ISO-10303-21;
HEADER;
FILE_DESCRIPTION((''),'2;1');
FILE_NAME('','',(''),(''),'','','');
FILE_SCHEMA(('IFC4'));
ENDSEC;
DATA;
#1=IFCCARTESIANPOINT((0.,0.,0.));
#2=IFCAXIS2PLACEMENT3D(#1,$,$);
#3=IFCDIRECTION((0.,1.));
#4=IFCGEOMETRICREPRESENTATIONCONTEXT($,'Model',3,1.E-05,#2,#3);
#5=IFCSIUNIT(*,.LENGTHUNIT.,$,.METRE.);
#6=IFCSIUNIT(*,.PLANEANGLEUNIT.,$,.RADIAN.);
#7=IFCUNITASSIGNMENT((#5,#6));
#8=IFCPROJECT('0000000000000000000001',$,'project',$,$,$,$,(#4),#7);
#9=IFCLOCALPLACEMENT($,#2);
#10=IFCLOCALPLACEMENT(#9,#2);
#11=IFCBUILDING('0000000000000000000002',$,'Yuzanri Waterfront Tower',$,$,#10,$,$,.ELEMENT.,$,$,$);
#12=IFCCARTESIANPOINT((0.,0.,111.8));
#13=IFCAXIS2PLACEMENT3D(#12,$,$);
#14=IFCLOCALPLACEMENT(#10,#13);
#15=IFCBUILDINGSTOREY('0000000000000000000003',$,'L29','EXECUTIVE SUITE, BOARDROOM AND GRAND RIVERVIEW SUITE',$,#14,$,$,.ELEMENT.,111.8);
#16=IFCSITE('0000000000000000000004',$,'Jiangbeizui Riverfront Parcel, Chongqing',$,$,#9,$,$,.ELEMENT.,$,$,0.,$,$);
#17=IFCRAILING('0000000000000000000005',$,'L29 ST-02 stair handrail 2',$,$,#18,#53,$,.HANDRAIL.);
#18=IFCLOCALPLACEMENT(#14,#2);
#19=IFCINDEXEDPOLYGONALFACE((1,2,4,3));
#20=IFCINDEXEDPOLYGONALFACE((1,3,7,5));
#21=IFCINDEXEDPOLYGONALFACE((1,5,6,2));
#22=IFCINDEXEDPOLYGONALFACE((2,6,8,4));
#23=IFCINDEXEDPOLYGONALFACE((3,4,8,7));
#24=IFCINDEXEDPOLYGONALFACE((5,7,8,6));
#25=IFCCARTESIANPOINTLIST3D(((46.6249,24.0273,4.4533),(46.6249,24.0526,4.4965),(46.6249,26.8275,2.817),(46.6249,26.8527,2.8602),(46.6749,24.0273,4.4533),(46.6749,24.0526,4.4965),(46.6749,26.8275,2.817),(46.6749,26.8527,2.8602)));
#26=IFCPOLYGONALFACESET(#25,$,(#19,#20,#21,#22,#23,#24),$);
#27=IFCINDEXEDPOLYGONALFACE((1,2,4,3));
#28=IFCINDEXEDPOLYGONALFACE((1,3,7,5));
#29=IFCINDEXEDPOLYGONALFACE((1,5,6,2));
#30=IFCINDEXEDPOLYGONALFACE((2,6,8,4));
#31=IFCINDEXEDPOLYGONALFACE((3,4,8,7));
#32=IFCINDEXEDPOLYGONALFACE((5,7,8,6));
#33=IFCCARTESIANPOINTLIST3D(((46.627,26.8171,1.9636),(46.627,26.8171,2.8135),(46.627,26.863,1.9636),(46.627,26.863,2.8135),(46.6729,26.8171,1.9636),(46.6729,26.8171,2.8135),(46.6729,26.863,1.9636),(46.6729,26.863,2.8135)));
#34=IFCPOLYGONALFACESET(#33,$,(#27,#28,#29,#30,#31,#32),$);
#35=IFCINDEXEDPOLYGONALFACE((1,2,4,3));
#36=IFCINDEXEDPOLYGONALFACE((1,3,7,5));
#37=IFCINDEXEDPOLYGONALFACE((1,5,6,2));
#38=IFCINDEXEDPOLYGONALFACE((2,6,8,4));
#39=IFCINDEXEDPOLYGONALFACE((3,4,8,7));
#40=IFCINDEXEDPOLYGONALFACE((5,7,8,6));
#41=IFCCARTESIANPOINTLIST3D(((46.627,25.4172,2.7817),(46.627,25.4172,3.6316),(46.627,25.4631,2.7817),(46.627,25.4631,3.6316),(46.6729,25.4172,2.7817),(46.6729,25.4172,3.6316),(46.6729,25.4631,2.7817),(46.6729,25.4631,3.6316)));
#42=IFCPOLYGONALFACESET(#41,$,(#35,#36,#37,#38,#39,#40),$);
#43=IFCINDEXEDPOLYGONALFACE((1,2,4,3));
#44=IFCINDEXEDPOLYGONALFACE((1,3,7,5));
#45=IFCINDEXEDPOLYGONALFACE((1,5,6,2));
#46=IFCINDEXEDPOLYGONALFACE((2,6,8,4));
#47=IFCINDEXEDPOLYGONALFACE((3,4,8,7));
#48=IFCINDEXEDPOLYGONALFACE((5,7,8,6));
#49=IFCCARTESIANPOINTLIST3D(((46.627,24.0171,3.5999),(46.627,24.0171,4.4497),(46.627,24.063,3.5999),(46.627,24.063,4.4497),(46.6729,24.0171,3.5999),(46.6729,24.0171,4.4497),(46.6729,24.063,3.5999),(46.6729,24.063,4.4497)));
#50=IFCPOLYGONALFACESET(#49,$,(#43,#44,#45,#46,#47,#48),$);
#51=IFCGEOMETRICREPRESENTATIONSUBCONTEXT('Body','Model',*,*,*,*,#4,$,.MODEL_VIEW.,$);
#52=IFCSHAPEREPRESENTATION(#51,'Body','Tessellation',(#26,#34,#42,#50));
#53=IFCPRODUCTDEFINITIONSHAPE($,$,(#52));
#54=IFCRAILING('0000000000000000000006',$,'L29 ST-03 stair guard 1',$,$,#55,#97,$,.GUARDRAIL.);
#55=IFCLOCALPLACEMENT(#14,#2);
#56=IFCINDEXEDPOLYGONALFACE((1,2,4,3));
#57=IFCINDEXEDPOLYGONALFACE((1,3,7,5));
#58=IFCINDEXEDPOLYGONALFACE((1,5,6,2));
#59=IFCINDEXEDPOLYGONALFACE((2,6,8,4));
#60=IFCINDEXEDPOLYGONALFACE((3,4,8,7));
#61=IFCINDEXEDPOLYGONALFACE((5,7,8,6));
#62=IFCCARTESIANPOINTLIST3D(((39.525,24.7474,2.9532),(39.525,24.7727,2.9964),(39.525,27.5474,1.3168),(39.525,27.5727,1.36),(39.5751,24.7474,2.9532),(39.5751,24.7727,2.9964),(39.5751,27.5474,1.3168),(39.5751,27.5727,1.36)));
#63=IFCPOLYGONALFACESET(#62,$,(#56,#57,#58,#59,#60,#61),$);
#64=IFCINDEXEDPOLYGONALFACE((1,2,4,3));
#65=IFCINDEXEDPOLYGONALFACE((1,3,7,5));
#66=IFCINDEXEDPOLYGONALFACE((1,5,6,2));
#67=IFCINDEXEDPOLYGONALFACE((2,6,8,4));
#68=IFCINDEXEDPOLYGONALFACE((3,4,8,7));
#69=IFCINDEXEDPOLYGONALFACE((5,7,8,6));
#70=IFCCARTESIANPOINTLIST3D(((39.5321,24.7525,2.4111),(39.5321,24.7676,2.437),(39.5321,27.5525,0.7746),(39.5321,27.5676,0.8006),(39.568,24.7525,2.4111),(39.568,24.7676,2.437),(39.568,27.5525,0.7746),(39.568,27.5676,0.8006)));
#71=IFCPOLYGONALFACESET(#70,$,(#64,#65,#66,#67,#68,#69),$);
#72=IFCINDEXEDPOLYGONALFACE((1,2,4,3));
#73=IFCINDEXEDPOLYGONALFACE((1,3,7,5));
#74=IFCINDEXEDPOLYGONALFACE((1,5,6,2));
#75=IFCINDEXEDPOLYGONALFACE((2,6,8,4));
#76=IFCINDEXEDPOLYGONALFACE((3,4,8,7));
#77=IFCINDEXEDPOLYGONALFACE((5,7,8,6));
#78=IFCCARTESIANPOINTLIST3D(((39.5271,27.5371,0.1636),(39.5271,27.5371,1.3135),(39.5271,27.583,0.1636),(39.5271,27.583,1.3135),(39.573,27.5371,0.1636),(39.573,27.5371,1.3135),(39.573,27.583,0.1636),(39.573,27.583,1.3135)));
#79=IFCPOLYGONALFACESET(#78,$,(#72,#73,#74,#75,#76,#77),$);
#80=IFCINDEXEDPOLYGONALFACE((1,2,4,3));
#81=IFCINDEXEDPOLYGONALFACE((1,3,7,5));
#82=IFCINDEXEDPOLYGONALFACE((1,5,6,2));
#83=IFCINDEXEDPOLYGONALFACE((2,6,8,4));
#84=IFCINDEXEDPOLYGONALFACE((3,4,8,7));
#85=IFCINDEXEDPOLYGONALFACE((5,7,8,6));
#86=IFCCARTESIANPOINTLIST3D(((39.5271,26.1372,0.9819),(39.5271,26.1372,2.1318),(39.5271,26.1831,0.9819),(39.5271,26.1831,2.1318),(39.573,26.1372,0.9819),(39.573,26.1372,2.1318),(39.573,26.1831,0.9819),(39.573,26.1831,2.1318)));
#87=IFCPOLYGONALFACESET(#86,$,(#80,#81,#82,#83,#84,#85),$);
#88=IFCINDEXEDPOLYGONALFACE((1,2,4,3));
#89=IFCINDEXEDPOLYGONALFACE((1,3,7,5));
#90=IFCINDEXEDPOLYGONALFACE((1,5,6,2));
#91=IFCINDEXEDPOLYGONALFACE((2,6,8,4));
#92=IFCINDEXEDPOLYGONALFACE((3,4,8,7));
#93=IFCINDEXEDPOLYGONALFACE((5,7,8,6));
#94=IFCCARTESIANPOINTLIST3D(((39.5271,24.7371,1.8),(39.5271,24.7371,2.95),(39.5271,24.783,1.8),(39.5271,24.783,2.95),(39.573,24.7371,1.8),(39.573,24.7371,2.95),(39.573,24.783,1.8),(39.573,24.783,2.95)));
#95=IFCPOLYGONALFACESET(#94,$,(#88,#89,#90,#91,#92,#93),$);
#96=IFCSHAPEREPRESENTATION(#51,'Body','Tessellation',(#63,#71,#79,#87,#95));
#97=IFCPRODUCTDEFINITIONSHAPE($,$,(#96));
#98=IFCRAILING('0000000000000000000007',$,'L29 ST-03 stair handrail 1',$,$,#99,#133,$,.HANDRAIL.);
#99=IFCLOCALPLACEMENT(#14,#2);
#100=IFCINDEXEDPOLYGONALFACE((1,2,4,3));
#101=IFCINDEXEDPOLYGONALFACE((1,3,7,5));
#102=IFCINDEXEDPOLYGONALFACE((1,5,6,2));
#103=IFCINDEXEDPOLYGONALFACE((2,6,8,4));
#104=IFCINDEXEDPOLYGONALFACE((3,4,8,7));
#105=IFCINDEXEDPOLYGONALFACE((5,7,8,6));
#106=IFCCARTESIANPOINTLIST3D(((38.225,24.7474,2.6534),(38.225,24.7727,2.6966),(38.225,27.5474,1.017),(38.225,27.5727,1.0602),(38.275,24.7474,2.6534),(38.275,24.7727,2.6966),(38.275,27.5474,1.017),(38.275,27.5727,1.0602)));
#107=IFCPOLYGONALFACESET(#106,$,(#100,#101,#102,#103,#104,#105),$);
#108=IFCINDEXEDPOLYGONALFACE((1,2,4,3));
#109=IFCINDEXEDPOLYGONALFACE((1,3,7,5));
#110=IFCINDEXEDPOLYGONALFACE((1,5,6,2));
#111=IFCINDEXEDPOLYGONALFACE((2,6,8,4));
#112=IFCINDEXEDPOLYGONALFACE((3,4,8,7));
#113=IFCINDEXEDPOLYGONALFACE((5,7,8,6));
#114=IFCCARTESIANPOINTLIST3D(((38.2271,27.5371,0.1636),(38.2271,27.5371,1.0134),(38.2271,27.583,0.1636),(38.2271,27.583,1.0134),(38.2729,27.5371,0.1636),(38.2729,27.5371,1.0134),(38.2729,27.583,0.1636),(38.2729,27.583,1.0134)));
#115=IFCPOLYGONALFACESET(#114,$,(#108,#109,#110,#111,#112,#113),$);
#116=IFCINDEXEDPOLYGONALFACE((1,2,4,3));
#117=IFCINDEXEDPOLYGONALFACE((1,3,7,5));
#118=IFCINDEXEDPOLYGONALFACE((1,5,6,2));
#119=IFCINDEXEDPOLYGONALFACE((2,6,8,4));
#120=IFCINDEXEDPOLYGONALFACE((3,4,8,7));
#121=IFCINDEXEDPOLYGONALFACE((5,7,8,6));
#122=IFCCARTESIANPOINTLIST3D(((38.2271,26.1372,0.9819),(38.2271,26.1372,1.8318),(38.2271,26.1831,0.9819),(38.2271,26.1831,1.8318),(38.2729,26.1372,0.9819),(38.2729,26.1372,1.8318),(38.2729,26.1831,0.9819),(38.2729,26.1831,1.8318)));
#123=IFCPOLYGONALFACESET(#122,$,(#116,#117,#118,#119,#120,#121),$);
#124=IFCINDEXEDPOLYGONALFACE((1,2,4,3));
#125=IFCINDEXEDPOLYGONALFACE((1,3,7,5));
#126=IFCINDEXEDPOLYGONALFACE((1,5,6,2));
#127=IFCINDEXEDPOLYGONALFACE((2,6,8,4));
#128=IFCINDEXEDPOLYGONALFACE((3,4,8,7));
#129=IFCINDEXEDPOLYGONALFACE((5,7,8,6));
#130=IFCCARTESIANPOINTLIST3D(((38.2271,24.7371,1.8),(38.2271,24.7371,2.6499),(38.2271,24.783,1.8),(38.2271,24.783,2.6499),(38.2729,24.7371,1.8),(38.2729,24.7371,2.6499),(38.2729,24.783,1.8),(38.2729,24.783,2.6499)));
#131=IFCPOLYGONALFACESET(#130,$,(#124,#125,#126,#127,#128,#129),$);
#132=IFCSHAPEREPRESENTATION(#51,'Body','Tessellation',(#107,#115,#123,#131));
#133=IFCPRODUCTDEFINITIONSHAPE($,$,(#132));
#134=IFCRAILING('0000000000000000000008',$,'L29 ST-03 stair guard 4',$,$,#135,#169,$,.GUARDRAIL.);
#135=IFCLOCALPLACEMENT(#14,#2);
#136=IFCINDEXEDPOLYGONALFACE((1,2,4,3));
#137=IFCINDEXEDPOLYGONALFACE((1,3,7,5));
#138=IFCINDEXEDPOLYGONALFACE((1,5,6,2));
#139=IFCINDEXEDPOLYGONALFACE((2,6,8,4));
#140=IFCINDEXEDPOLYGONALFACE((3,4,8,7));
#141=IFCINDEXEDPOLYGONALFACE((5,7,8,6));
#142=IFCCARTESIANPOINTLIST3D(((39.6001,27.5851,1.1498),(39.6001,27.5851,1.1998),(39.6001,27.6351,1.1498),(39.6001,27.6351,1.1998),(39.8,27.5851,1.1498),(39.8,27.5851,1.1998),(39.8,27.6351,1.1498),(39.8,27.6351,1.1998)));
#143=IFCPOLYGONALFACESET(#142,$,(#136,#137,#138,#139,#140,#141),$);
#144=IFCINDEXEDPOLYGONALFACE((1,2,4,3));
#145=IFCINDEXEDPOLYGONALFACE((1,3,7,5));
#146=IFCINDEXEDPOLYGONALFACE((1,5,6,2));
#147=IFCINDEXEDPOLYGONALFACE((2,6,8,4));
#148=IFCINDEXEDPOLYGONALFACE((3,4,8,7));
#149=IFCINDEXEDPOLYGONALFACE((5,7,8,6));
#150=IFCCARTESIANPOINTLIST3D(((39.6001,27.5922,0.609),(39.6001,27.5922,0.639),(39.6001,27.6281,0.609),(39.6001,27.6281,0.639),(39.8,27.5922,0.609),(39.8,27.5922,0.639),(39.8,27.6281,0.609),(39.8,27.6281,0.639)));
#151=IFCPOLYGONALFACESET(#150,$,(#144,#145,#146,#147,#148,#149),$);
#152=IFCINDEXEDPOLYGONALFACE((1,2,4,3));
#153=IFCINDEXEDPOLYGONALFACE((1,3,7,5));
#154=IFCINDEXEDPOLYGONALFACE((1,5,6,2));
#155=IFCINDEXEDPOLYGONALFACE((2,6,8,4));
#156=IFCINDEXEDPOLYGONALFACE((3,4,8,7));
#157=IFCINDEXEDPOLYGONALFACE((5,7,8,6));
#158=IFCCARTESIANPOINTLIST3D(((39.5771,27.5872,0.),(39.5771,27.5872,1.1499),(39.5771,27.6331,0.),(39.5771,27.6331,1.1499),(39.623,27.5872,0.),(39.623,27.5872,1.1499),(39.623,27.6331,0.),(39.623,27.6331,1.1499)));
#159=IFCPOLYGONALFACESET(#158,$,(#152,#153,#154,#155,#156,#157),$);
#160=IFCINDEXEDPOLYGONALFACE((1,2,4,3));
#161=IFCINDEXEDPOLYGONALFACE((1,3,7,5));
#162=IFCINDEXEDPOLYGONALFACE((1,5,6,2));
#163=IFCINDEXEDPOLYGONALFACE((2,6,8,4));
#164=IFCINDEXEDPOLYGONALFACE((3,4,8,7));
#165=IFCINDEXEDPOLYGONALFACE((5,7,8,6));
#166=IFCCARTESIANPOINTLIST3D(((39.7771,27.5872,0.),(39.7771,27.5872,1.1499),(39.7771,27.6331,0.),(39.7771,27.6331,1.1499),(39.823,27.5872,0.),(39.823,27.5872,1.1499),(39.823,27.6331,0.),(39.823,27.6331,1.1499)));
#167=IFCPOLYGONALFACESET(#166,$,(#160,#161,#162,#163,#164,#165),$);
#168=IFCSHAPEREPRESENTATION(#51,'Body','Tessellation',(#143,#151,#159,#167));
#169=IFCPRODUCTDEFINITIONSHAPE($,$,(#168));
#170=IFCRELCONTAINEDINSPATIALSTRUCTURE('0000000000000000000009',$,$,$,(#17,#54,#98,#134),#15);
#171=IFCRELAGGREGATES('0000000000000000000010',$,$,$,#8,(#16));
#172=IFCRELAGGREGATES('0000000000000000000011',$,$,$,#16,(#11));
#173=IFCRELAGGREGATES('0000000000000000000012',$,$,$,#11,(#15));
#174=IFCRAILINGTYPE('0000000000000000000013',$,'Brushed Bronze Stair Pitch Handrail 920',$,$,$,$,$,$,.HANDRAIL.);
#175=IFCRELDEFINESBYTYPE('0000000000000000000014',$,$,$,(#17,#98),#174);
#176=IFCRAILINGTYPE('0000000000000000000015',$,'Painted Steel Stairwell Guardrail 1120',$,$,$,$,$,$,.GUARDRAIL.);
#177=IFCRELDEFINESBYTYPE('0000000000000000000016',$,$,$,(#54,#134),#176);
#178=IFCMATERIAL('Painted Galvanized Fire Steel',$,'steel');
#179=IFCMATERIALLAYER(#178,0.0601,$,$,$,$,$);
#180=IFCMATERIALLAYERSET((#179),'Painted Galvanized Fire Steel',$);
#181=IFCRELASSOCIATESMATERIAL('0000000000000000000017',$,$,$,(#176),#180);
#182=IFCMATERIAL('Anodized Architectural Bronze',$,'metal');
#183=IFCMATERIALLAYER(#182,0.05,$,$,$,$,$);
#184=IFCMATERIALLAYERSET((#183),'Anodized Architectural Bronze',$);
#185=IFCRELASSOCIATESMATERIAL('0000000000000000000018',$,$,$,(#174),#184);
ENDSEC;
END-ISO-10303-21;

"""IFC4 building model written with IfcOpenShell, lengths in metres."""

from ifc_helpers import new_model, si_unit, direction, frame, origin, origin_2d, place, context, subcontext, project, spatial, rectangle, extrude, source, transform, mapped, material, layer, layer_set, type_object, element, save


model = new_model("IFC4")

# Units and contexts
model_context = context("Model", 3, precision=1e-05, world=origin(), true_north=direction((0.0, 1.0)))
body_context = subcontext(model_context, "Body", "Model", "MODEL_VIEW")
ifc_project = project(units=[si_unit("LENGTHUNIT", "METRE"), si_unit("PLANEANGLEUNIT", "RADIAN")], contexts=[model_context])

# Site, building, storey
site_placement = place(None, origin())
site = spatial("IfcSite", under=ifc_project, at=site_placement, Name="Jiangbeizui Riverfront Parcel, Chongqing", CompositionType="ELEMENT", RefElevation=0.0)
building_placement = place(site_placement, origin())
building = spatial("IfcBuilding", under=site, at=building_placement, Name="Yuzanri Waterfront Tower", CompositionType="ELEMENT")
storey_placement = place(building_placement, frame((0.0, 0.0, 111.8)))
storey = spatial("IfcBuildingStorey", under=building, at=storey_placement, Name="L29", Description="EXECUTIVE SUITE, BOARDROOM AND GRAND RIVERVIEW SUITE", CompositionType="ELEMENT", Elevation=111.8)

# Railings
ifc_material_1 = material(Name="Painted Galvanized Fire Steel", Category="steel")
ifc_layer_1 = layer(ifc_material_1, 0.0601)
ifc_layer_set_1 = layer_set([ifc_layer_1], Name="Painted Galvanized Fire Steel")
railing_type_1 = type_object("IfcRailingType", Name="Painted Steel Stairwell Guardrail 1120", PredefinedType="GUARDRAIL", material=ifc_layer_set_1)
ifc_material_2 = material(Name="Anodized Architectural Bronze", Category="metal")
ifc_layer_2 = layer(ifc_material_2, 0.05)
ifc_layer_set_2 = layer_set([ifc_layer_2], Name="Anodized Architectural Bronze")
railing_type_2 = type_object("IfcRailingType", Name="Brushed Bronze Stair Pitch Handrail 920", PredefinedType="HANDRAIL", material=ifc_layer_set_2)
shared_shape_1 = source(origin(), body_context, "Body", "SweptSolid", [
    extrude(rectangle(XDim=0.05, YDim=0.05, at=origin_2d()), frame((0.0, 0.0, 0.875), z_axis=(0.0, -0.863394, 0.504531), x_axis=(1.0, 0.0, 0.0)), (0.0, 0.0, 1.0), 3.2432),
    extrude(rectangle(XDim=0.0459, YDim=0.0459, at=origin_2d()), origin(), (0.0, 0.0, 1.0), 0.8499),
    extrude(rectangle(XDim=0.0459, YDim=0.0459, at=origin_2d()), frame((0.0, -1.3999, 0.8181)), (0.0, 0.0, 1.0), 0.8499),
    extrude(rectangle(XDim=0.0459, YDim=0.0459, at=origin_2d()), frame((0.0, -2.8, 1.6362)), (0.0, 0.0, 1.0), 0.8499),
])
railing_1_placement = place(storey_placement, frame((46.6499, 26.8401, 1.9636)))
element("IfcRailing", 1, at=railing_1_placement, inside=storey, type_object=railing_type_2, Name="L29 ST-02 stair handrail 2", PredefinedType="HANDRAIL", context=body_context, shape_type="MappedRepresentation", body=[
    mapped(shared_shape_1, transform((0.0, 0.0, 0.0), scale=1.0)),
])
shared_shape_2 = source(origin(), body_context, "Body", "SweptSolid", [
    extrude(rectangle(XDim=0.05, YDim=0.05, at=origin_2d()), frame((0.0, 0.0, 1.1748), z_axis=(0.0, -0.863361, 0.504587), x_axis=(1.0, 0.0, 0.0)), (0.0, 0.0, 1.0), 3.2432),
    extrude(rectangle(XDim=0.0359, YDim=0.03, at=origin_2d()), frame((0.0, 0.0, 0.624), z_axis=(0.0, -0.863361, 0.504587), x_axis=(1.0, 0.0, 0.0)), (0.0, 0.0, 1.0), 3.2432),
    extrude(rectangle(XDim=0.0459, YDim=0.0459, at=origin_2d()), origin(), (0.0, 0.0, 1.0), 1.1499),
    extrude(rectangle(XDim=0.0459, YDim=0.0459, at=origin_2d()), frame((0.0, -1.3999, 0.8184)), (0.0, 0.0, 1.0), 1.1499),
    extrude(rectangle(XDim=0.0459, YDim=0.0459, at=origin_2d()), frame((0.0, -2.8, 1.6365)), (0.0, 0.0, 1.0), 1.1499),
])
railing_2_placement = place(storey_placement, frame((39.55, 27.5601, 0.1636)))
element("IfcRailing", 2, at=railing_2_placement, inside=storey, type_object=railing_type_1, Name="L29 ST-03 stair guard 1", PredefinedType="GUARDRAIL", context=body_context, shape_type="MappedRepresentation", body=[
    mapped(shared_shape_2, transform((0.0, 0.0, 0.0), scale=1.0)),
])
shared_shape_3 = source(origin(), body_context, "Body", "SweptSolid", [
    extrude(rectangle(XDim=0.05, YDim=0.05, at=origin_2d()), frame((0.0, 0.0, 0.875), z_axis=(0.0, -0.863361, 0.504587), x_axis=(1.0, 0.0, 0.0)), (0.0, 0.0, 1.0), 3.2432),
    extrude(rectangle(XDim=0.0459, YDim=0.0459, at=origin_2d()), origin(), (0.0, 0.0, 1.0), 0.8499),
    extrude(rectangle(XDim=0.0459, YDim=0.0459, at=origin_2d()), frame((0.0, -1.3999, 0.8184)), (0.0, 0.0, 1.0), 0.8499),
    extrude(rectangle(XDim=0.0459, YDim=0.0459, at=origin_2d()), frame((0.0, -2.8, 1.6365)), (0.0, 0.0, 1.0), 0.8499),
])
railing_3_placement = place(storey_placement, frame((38.25, 27.5601, 0.1636)))
element("IfcRailing", 3, at=railing_3_placement, inside=storey, type_object=railing_type_2, Name="L29 ST-03 stair handrail 1", PredefinedType="HANDRAIL", context=body_context, shape_type="MappedRepresentation", body=[
    mapped(shared_shape_3, transform((0.0, 0.0, 0.0), scale=1.0)),
])
shared_shape_4 = source(origin(), body_context, "Body", "SweptSolid", [
    extrude(rectangle(XDim=0.05, YDim=0.05, at=origin_2d()), frame((0.0, 0.0, 1.1748), z_axis=(1.0, 0.0, 0.0), x_axis=(0.0, 1.0, 0.0)), (0.0, 0.0, 1.0), 0.2),
    extrude(rectangle(XDim=0.0359, YDim=0.03, at=origin_2d()), frame((0.0, 0.0, 0.624), z_axis=(1.0, 0.0, 0.0), x_axis=(0.0, 1.0, 0.0)), (0.0, 0.0, 1.0), 0.2),
    extrude(rectangle(XDim=0.0459, YDim=0.0459, at=origin_2d()), origin(), (0.0, 0.0, 1.0), 1.1499),
    extrude(rectangle(XDim=0.0459, YDim=0.0459, at=origin_2d()), frame((0.2, 0.0, 0.0)), (0.0, 0.0, 1.0), 1.1499),
])
railing_4_placement = place(storey_placement, frame((39.6001, 27.6101, 0.0)))
element("IfcRailing", 4, at=railing_4_placement, inside=storey, type_object=railing_type_1, Name="L29 ST-03 stair guard 4", PredefinedType="GUARDRAIL", context=body_context, shape_type="MappedRepresentation", body=[
    mapped(shared_shape_4, transform((0.0, 0.0, 0.0), scale=1.0)),
])

save(model, "model.ifc")
